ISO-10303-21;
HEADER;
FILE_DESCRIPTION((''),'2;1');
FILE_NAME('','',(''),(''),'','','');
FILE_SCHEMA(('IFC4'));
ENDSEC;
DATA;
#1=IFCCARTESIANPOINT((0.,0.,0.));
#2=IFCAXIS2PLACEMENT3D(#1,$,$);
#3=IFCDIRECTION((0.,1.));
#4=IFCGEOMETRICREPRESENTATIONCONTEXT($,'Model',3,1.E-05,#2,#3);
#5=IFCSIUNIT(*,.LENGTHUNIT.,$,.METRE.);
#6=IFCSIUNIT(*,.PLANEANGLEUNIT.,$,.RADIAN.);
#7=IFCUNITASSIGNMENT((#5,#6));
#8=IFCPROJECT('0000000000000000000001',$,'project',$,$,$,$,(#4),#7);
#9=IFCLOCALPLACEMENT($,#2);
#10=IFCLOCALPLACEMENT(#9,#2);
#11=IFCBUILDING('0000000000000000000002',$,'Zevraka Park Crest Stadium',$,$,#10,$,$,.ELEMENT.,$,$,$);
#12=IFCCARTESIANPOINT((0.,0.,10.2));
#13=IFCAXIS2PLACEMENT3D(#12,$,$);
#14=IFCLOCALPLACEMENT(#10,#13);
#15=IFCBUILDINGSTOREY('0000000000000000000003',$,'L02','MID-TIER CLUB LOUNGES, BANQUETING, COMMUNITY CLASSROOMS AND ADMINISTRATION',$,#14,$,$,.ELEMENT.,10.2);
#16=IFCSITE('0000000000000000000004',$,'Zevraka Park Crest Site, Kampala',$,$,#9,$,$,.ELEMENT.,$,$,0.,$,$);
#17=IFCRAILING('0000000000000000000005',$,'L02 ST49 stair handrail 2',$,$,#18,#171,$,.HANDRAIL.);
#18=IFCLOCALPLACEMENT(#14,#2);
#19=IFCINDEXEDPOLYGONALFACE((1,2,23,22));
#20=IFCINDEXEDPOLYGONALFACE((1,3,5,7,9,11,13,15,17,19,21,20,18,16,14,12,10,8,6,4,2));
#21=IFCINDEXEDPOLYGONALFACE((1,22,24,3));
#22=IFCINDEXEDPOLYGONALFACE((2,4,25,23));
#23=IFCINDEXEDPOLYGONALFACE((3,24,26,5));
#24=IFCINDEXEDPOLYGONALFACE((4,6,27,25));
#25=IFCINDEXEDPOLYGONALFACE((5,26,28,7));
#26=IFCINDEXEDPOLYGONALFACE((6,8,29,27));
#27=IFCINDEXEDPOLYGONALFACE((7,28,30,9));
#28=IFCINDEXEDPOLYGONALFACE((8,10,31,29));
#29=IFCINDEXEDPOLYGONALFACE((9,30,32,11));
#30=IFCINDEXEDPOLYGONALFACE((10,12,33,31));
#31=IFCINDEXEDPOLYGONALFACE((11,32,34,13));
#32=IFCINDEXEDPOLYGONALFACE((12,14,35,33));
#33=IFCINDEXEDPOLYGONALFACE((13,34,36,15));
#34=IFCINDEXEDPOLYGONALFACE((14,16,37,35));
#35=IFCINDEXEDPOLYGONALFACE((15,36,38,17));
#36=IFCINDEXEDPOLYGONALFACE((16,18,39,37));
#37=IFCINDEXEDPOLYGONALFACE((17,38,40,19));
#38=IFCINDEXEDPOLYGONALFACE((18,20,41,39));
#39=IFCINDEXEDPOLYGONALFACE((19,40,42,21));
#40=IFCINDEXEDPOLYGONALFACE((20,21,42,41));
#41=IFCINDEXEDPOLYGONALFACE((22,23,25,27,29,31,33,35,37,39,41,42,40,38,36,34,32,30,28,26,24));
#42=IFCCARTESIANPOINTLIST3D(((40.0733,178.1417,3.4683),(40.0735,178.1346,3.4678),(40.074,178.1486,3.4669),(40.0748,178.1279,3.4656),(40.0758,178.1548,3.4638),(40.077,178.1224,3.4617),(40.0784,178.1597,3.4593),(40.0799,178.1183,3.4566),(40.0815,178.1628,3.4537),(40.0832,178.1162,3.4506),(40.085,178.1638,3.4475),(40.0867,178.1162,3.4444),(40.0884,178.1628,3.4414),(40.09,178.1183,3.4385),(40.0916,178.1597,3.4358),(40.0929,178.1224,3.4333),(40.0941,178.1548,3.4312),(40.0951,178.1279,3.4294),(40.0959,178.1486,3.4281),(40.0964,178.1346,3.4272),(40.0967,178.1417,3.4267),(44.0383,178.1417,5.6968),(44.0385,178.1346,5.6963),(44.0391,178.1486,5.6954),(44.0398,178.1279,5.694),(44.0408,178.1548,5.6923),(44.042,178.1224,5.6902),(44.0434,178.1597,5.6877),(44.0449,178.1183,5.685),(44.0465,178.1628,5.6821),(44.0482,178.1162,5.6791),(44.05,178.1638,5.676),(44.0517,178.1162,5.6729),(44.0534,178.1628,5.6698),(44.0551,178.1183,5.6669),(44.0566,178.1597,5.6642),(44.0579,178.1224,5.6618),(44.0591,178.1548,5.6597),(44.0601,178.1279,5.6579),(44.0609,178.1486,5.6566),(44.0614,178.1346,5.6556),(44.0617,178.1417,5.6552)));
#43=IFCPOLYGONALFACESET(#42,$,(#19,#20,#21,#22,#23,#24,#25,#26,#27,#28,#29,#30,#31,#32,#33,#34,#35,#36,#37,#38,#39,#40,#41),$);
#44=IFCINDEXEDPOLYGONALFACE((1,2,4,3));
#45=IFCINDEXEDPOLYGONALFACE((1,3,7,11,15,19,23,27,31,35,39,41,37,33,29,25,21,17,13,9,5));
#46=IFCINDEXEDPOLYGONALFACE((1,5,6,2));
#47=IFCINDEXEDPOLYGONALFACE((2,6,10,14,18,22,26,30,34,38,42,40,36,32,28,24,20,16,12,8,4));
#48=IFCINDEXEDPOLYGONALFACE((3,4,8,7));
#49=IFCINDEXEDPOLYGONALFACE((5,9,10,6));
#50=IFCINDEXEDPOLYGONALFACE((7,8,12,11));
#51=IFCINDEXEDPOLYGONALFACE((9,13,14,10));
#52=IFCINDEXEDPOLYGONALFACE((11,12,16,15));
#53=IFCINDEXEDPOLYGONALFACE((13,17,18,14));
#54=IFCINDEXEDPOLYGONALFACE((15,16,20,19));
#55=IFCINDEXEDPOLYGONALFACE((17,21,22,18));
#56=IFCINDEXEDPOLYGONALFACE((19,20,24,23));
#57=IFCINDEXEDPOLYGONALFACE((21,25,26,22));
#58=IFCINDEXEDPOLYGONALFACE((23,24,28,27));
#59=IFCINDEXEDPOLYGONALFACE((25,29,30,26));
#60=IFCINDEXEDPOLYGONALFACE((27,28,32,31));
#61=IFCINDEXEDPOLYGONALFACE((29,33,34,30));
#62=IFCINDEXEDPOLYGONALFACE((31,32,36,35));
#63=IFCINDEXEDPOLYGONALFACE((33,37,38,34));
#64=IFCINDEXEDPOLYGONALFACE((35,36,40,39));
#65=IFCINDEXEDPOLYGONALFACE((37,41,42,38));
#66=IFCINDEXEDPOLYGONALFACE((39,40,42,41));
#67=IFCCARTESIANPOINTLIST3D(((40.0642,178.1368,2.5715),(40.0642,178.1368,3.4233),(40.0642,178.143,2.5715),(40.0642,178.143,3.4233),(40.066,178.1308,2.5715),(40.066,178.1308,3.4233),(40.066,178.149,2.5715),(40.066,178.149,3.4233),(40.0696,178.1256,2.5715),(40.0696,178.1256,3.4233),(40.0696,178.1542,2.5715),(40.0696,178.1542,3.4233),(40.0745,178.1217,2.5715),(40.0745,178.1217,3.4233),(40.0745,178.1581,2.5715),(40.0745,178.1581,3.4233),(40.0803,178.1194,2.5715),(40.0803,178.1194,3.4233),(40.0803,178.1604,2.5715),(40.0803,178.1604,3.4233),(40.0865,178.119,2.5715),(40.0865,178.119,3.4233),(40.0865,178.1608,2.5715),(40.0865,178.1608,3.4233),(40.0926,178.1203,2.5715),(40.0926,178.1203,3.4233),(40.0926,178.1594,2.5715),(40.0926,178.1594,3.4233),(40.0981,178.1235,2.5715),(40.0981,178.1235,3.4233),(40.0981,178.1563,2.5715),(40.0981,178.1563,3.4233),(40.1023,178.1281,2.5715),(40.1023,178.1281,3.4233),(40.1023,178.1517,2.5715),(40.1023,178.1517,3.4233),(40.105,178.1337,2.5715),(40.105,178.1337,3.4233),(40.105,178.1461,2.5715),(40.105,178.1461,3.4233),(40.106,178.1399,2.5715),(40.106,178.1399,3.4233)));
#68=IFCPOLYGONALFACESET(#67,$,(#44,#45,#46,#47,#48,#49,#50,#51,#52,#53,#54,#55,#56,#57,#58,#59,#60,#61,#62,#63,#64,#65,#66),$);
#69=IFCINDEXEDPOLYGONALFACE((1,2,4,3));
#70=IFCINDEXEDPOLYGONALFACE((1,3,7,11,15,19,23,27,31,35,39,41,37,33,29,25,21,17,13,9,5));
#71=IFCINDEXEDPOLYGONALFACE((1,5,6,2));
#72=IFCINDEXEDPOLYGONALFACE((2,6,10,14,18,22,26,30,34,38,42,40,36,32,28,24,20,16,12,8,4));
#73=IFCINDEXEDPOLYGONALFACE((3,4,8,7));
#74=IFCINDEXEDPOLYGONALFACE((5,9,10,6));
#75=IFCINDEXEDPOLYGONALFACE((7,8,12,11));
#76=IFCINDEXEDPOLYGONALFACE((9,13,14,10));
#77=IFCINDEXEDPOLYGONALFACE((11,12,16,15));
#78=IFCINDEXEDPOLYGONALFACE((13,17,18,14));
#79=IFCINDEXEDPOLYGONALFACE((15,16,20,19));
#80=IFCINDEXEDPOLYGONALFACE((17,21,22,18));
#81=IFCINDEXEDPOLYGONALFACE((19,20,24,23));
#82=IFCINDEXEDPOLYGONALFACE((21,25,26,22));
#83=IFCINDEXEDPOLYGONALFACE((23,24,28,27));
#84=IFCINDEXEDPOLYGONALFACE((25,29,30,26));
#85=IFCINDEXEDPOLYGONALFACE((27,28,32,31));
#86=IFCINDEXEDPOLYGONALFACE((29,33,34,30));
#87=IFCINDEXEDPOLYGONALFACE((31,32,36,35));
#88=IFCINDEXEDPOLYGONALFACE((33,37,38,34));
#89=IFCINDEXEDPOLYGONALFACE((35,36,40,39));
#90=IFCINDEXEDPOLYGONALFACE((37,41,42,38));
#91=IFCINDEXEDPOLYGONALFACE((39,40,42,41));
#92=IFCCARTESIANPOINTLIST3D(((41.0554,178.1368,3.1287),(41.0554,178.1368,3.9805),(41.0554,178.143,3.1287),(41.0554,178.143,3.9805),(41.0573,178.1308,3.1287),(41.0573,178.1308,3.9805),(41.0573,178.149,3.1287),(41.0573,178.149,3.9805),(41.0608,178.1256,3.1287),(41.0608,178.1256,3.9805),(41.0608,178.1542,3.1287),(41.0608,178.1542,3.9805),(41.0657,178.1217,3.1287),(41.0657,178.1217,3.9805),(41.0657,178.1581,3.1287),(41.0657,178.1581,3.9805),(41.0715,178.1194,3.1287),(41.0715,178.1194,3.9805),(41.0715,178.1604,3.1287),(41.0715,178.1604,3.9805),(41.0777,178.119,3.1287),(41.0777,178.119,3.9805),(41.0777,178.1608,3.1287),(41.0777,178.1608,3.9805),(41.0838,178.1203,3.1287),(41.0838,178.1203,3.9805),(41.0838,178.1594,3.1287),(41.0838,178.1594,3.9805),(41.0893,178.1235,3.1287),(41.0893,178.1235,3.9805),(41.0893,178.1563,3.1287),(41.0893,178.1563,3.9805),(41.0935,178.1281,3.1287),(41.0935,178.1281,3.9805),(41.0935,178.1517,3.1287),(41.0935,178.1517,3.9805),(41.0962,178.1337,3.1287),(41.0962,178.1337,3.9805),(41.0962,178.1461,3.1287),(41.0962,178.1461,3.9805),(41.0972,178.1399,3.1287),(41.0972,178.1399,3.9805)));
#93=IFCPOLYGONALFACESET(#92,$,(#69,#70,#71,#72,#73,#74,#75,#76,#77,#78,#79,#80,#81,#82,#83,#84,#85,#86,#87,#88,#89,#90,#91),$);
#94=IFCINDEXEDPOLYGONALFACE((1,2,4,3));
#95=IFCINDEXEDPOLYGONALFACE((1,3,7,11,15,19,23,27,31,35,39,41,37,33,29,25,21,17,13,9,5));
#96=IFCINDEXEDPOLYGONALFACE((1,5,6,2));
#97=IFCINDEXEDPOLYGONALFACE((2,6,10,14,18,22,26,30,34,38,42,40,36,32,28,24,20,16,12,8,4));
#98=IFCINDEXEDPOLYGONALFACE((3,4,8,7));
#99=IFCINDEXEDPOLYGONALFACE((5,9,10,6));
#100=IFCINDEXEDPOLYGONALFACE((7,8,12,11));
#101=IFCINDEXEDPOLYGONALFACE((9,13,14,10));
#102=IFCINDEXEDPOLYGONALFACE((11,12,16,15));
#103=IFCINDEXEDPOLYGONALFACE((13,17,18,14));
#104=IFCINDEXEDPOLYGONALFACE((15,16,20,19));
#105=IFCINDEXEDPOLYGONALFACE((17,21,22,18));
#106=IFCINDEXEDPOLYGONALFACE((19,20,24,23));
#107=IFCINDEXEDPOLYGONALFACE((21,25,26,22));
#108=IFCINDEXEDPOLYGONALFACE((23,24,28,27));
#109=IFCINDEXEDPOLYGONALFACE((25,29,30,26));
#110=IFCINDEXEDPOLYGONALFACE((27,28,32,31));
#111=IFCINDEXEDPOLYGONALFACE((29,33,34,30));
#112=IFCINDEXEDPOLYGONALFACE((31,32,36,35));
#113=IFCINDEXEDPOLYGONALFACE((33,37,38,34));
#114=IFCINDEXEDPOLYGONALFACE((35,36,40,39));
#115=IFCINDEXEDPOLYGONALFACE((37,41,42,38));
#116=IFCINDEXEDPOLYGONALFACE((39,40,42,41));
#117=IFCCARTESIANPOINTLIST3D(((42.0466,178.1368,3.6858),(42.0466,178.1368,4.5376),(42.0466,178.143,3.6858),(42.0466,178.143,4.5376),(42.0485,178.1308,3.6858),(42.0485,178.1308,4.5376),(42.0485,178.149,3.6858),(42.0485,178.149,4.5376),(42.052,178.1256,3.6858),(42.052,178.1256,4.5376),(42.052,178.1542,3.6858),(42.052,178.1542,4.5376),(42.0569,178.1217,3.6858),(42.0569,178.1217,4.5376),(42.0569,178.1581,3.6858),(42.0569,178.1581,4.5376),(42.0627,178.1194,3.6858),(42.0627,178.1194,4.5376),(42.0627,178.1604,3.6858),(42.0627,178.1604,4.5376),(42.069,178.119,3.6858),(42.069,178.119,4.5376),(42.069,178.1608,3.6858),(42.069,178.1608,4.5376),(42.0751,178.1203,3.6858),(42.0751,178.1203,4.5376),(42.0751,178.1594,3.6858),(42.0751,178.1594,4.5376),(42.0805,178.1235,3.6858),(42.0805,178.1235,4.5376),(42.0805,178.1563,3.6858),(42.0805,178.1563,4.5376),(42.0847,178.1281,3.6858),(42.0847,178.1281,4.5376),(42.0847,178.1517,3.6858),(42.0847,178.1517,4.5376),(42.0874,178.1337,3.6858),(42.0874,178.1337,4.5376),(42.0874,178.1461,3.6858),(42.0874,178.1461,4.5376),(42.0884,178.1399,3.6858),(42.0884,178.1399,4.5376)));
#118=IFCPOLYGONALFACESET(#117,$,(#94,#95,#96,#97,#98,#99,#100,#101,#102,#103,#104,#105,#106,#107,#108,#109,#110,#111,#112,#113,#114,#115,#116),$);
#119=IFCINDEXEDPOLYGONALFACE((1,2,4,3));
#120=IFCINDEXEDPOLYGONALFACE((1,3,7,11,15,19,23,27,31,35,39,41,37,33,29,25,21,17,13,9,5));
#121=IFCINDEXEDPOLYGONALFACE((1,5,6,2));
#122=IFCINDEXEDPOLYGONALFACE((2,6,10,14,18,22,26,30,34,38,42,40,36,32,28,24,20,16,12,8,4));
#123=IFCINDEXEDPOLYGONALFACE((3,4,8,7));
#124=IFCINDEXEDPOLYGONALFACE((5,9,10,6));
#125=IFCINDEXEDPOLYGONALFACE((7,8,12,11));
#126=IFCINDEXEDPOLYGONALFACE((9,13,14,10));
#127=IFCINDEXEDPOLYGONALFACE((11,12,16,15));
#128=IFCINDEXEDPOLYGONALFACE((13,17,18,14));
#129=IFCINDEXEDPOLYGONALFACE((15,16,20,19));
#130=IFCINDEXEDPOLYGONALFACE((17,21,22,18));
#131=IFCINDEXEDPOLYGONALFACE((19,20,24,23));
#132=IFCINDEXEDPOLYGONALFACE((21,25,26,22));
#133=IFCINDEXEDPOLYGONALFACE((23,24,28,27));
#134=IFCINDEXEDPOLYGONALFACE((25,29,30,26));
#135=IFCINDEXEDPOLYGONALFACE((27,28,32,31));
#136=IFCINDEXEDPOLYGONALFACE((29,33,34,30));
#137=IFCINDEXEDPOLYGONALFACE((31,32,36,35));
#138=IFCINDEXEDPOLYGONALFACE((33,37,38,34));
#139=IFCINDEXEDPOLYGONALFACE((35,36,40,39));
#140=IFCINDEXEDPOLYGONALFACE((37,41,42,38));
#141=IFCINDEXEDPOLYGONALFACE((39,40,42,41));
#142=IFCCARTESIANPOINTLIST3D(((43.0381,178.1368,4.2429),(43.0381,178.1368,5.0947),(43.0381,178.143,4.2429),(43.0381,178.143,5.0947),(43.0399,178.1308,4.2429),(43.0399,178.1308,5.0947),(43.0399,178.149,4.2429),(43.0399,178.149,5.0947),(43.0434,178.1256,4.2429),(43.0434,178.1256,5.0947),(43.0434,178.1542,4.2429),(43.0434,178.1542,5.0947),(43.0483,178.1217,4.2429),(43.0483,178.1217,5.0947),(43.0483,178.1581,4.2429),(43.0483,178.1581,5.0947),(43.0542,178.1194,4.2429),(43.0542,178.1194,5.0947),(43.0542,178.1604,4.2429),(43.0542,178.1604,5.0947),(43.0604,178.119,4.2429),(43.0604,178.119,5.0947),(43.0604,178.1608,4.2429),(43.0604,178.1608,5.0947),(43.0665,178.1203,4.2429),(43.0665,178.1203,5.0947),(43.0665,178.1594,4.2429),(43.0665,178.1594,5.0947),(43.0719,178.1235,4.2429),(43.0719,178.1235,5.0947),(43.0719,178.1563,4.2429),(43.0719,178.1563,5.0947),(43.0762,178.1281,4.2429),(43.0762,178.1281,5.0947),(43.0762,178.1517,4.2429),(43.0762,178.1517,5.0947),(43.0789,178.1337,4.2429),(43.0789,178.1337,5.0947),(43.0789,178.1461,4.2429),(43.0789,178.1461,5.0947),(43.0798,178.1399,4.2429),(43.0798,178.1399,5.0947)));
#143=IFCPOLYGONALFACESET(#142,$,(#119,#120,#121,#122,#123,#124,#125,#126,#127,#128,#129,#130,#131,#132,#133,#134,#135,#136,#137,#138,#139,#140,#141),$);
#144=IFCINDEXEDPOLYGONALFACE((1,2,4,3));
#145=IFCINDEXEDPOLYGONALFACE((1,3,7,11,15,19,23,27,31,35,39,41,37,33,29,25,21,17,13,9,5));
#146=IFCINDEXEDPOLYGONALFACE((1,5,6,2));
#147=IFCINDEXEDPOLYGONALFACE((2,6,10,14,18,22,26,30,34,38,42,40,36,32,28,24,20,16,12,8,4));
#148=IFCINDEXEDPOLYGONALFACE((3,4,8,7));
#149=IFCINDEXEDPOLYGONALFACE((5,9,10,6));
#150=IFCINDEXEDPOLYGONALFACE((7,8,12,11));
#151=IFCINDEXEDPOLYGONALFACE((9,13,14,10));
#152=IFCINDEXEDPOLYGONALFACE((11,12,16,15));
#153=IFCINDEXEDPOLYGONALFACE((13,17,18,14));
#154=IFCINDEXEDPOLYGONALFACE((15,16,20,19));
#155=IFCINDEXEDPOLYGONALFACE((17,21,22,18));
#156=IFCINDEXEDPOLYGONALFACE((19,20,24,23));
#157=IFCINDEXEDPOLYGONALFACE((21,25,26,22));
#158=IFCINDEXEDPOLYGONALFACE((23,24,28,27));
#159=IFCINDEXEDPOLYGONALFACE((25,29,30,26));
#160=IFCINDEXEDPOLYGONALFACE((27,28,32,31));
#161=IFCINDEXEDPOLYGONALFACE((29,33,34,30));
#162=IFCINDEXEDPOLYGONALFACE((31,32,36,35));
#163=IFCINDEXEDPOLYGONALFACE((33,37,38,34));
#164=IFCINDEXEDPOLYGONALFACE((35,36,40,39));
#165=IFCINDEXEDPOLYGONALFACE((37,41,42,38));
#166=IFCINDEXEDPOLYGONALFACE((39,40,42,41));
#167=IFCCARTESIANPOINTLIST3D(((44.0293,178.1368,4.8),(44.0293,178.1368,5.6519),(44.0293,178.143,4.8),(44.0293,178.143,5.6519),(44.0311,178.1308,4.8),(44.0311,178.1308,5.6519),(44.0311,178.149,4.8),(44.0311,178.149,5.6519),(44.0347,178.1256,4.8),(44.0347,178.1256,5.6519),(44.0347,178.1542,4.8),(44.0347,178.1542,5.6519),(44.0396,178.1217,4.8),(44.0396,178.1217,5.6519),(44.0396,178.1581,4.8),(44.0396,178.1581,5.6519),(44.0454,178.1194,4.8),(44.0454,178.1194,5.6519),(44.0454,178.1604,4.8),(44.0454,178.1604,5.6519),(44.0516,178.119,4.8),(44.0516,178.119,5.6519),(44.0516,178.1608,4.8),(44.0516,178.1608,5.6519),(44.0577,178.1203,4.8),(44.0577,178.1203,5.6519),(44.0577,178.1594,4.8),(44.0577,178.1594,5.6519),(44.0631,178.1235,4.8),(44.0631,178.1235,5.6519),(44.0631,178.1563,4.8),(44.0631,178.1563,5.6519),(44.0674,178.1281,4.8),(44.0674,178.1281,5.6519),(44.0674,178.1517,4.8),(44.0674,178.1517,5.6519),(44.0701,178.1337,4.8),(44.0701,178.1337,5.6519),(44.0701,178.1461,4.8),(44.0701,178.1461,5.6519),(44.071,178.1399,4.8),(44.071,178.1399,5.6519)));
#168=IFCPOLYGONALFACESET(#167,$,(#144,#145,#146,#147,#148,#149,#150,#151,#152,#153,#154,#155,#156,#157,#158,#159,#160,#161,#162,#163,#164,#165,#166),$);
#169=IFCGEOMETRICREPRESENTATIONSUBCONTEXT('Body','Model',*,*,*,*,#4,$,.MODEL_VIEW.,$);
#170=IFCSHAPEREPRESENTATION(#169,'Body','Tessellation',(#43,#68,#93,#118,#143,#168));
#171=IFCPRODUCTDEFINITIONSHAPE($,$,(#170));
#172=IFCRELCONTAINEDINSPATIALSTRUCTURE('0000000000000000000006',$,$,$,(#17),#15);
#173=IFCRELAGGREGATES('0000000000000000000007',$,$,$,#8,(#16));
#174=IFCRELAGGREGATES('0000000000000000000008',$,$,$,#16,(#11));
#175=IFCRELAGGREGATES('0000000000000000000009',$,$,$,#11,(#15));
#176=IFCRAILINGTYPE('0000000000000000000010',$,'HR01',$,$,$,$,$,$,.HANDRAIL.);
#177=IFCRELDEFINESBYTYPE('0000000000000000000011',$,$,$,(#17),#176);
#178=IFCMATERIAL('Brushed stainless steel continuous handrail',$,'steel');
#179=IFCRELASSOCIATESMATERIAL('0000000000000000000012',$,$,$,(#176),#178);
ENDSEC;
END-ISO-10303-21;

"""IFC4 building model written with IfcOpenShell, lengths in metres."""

from ifc_helpers import new_model, si_unit, direction, frame, origin, origin_2d, place, context, subcontext, project, spatial, circle, extrude, material, type_object, element, save


model = new_model("IFC4")

# Units and contexts
model_context = context("Model", 3, precision=1e-05, world=origin(), true_north=direction((0.0, 1.0)))
body_context = subcontext(model_context, "Body", "Model", "MODEL_VIEW")
ifc_project = project(units=[si_unit("LENGTHUNIT", "METRE"), si_unit("PLANEANGLEUNIT", "RADIAN")], contexts=[model_context])

# Site, building, storey
site_placement = place(None, origin())
site = spatial("IfcSite", under=ifc_project, at=site_placement, Name="Zevraka Park Crest Site, Kampala", CompositionType="ELEMENT", RefElevation=0.0)
building_placement = place(site_placement, origin())
building = spatial("IfcBuilding", under=site, at=building_placement, Name="Zevraka Park Crest Stadium", CompositionType="ELEMENT")
storey_placement = place(building_placement, frame((0.0, 0.0, 10.2)))
storey = spatial("IfcBuildingStorey", under=building, at=storey_placement, Name="L02", Description="MID-TIER CLUB LOUNGES, BANQUETING, COMMUNITY CLASSROOMS AND ADMINISTRATION", CompositionType="ELEMENT", Elevation=10.2)

# Railing
ifc_material_1 = material(Name="Brushed stainless steel continuous handrail", Category="steel")
railing_type_1 = type_object("IfcRailingType", Name="HR01", PredefinedType="HANDRAIL", material=ifc_material_1)
railing_1_placement = place(storey_placement, frame((40.085, 178.1399, 2.5715)))
element("IfcRailing", 1, at=railing_1_placement, inside=storey, type_object=railing_type_1, Name="L02 ST49 stair handrail 2", PredefinedType="HANDRAIL", context=body_context, shape_type="SweptSolid", body=[
    extrude(circle(Radius=0.0239, at=origin_2d()), frame((0.0, 0.0, 0.876), z_axis=(0.871749, 0.0, 0.489953), x_axis=(0.0, 1.0, 0.0)), (0.0, 0.0, 1.0), 4.5483),
    extrude(circle(Radius=0.021, at=origin_2d()), origin(), (0.0, 0.0, 1.0), 0.8518),
    extrude(circle(Radius=0.021, at=origin_2d()), frame((0.9912, 0.0, 0.5571)), (0.0, 0.0, 1.0), 0.8518),
    extrude(circle(Radius=0.021, at=origin_2d()), frame((1.9824, 0.0, 1.1143)), (0.0, 0.0, 1.0), 0.8518),
    extrude(circle(Radius=0.021, at=origin_2d()), frame((2.9739, 0.0, 1.6714)), (0.0, 0.0, 1.0), 0.8518),
    extrude(circle(Radius=0.021, at=origin_2d()), frame((3.9651, 0.0, 2.2285)), (0.0, 0.0, 1.0), 0.8518),
])

save(model, "model.ifc")
